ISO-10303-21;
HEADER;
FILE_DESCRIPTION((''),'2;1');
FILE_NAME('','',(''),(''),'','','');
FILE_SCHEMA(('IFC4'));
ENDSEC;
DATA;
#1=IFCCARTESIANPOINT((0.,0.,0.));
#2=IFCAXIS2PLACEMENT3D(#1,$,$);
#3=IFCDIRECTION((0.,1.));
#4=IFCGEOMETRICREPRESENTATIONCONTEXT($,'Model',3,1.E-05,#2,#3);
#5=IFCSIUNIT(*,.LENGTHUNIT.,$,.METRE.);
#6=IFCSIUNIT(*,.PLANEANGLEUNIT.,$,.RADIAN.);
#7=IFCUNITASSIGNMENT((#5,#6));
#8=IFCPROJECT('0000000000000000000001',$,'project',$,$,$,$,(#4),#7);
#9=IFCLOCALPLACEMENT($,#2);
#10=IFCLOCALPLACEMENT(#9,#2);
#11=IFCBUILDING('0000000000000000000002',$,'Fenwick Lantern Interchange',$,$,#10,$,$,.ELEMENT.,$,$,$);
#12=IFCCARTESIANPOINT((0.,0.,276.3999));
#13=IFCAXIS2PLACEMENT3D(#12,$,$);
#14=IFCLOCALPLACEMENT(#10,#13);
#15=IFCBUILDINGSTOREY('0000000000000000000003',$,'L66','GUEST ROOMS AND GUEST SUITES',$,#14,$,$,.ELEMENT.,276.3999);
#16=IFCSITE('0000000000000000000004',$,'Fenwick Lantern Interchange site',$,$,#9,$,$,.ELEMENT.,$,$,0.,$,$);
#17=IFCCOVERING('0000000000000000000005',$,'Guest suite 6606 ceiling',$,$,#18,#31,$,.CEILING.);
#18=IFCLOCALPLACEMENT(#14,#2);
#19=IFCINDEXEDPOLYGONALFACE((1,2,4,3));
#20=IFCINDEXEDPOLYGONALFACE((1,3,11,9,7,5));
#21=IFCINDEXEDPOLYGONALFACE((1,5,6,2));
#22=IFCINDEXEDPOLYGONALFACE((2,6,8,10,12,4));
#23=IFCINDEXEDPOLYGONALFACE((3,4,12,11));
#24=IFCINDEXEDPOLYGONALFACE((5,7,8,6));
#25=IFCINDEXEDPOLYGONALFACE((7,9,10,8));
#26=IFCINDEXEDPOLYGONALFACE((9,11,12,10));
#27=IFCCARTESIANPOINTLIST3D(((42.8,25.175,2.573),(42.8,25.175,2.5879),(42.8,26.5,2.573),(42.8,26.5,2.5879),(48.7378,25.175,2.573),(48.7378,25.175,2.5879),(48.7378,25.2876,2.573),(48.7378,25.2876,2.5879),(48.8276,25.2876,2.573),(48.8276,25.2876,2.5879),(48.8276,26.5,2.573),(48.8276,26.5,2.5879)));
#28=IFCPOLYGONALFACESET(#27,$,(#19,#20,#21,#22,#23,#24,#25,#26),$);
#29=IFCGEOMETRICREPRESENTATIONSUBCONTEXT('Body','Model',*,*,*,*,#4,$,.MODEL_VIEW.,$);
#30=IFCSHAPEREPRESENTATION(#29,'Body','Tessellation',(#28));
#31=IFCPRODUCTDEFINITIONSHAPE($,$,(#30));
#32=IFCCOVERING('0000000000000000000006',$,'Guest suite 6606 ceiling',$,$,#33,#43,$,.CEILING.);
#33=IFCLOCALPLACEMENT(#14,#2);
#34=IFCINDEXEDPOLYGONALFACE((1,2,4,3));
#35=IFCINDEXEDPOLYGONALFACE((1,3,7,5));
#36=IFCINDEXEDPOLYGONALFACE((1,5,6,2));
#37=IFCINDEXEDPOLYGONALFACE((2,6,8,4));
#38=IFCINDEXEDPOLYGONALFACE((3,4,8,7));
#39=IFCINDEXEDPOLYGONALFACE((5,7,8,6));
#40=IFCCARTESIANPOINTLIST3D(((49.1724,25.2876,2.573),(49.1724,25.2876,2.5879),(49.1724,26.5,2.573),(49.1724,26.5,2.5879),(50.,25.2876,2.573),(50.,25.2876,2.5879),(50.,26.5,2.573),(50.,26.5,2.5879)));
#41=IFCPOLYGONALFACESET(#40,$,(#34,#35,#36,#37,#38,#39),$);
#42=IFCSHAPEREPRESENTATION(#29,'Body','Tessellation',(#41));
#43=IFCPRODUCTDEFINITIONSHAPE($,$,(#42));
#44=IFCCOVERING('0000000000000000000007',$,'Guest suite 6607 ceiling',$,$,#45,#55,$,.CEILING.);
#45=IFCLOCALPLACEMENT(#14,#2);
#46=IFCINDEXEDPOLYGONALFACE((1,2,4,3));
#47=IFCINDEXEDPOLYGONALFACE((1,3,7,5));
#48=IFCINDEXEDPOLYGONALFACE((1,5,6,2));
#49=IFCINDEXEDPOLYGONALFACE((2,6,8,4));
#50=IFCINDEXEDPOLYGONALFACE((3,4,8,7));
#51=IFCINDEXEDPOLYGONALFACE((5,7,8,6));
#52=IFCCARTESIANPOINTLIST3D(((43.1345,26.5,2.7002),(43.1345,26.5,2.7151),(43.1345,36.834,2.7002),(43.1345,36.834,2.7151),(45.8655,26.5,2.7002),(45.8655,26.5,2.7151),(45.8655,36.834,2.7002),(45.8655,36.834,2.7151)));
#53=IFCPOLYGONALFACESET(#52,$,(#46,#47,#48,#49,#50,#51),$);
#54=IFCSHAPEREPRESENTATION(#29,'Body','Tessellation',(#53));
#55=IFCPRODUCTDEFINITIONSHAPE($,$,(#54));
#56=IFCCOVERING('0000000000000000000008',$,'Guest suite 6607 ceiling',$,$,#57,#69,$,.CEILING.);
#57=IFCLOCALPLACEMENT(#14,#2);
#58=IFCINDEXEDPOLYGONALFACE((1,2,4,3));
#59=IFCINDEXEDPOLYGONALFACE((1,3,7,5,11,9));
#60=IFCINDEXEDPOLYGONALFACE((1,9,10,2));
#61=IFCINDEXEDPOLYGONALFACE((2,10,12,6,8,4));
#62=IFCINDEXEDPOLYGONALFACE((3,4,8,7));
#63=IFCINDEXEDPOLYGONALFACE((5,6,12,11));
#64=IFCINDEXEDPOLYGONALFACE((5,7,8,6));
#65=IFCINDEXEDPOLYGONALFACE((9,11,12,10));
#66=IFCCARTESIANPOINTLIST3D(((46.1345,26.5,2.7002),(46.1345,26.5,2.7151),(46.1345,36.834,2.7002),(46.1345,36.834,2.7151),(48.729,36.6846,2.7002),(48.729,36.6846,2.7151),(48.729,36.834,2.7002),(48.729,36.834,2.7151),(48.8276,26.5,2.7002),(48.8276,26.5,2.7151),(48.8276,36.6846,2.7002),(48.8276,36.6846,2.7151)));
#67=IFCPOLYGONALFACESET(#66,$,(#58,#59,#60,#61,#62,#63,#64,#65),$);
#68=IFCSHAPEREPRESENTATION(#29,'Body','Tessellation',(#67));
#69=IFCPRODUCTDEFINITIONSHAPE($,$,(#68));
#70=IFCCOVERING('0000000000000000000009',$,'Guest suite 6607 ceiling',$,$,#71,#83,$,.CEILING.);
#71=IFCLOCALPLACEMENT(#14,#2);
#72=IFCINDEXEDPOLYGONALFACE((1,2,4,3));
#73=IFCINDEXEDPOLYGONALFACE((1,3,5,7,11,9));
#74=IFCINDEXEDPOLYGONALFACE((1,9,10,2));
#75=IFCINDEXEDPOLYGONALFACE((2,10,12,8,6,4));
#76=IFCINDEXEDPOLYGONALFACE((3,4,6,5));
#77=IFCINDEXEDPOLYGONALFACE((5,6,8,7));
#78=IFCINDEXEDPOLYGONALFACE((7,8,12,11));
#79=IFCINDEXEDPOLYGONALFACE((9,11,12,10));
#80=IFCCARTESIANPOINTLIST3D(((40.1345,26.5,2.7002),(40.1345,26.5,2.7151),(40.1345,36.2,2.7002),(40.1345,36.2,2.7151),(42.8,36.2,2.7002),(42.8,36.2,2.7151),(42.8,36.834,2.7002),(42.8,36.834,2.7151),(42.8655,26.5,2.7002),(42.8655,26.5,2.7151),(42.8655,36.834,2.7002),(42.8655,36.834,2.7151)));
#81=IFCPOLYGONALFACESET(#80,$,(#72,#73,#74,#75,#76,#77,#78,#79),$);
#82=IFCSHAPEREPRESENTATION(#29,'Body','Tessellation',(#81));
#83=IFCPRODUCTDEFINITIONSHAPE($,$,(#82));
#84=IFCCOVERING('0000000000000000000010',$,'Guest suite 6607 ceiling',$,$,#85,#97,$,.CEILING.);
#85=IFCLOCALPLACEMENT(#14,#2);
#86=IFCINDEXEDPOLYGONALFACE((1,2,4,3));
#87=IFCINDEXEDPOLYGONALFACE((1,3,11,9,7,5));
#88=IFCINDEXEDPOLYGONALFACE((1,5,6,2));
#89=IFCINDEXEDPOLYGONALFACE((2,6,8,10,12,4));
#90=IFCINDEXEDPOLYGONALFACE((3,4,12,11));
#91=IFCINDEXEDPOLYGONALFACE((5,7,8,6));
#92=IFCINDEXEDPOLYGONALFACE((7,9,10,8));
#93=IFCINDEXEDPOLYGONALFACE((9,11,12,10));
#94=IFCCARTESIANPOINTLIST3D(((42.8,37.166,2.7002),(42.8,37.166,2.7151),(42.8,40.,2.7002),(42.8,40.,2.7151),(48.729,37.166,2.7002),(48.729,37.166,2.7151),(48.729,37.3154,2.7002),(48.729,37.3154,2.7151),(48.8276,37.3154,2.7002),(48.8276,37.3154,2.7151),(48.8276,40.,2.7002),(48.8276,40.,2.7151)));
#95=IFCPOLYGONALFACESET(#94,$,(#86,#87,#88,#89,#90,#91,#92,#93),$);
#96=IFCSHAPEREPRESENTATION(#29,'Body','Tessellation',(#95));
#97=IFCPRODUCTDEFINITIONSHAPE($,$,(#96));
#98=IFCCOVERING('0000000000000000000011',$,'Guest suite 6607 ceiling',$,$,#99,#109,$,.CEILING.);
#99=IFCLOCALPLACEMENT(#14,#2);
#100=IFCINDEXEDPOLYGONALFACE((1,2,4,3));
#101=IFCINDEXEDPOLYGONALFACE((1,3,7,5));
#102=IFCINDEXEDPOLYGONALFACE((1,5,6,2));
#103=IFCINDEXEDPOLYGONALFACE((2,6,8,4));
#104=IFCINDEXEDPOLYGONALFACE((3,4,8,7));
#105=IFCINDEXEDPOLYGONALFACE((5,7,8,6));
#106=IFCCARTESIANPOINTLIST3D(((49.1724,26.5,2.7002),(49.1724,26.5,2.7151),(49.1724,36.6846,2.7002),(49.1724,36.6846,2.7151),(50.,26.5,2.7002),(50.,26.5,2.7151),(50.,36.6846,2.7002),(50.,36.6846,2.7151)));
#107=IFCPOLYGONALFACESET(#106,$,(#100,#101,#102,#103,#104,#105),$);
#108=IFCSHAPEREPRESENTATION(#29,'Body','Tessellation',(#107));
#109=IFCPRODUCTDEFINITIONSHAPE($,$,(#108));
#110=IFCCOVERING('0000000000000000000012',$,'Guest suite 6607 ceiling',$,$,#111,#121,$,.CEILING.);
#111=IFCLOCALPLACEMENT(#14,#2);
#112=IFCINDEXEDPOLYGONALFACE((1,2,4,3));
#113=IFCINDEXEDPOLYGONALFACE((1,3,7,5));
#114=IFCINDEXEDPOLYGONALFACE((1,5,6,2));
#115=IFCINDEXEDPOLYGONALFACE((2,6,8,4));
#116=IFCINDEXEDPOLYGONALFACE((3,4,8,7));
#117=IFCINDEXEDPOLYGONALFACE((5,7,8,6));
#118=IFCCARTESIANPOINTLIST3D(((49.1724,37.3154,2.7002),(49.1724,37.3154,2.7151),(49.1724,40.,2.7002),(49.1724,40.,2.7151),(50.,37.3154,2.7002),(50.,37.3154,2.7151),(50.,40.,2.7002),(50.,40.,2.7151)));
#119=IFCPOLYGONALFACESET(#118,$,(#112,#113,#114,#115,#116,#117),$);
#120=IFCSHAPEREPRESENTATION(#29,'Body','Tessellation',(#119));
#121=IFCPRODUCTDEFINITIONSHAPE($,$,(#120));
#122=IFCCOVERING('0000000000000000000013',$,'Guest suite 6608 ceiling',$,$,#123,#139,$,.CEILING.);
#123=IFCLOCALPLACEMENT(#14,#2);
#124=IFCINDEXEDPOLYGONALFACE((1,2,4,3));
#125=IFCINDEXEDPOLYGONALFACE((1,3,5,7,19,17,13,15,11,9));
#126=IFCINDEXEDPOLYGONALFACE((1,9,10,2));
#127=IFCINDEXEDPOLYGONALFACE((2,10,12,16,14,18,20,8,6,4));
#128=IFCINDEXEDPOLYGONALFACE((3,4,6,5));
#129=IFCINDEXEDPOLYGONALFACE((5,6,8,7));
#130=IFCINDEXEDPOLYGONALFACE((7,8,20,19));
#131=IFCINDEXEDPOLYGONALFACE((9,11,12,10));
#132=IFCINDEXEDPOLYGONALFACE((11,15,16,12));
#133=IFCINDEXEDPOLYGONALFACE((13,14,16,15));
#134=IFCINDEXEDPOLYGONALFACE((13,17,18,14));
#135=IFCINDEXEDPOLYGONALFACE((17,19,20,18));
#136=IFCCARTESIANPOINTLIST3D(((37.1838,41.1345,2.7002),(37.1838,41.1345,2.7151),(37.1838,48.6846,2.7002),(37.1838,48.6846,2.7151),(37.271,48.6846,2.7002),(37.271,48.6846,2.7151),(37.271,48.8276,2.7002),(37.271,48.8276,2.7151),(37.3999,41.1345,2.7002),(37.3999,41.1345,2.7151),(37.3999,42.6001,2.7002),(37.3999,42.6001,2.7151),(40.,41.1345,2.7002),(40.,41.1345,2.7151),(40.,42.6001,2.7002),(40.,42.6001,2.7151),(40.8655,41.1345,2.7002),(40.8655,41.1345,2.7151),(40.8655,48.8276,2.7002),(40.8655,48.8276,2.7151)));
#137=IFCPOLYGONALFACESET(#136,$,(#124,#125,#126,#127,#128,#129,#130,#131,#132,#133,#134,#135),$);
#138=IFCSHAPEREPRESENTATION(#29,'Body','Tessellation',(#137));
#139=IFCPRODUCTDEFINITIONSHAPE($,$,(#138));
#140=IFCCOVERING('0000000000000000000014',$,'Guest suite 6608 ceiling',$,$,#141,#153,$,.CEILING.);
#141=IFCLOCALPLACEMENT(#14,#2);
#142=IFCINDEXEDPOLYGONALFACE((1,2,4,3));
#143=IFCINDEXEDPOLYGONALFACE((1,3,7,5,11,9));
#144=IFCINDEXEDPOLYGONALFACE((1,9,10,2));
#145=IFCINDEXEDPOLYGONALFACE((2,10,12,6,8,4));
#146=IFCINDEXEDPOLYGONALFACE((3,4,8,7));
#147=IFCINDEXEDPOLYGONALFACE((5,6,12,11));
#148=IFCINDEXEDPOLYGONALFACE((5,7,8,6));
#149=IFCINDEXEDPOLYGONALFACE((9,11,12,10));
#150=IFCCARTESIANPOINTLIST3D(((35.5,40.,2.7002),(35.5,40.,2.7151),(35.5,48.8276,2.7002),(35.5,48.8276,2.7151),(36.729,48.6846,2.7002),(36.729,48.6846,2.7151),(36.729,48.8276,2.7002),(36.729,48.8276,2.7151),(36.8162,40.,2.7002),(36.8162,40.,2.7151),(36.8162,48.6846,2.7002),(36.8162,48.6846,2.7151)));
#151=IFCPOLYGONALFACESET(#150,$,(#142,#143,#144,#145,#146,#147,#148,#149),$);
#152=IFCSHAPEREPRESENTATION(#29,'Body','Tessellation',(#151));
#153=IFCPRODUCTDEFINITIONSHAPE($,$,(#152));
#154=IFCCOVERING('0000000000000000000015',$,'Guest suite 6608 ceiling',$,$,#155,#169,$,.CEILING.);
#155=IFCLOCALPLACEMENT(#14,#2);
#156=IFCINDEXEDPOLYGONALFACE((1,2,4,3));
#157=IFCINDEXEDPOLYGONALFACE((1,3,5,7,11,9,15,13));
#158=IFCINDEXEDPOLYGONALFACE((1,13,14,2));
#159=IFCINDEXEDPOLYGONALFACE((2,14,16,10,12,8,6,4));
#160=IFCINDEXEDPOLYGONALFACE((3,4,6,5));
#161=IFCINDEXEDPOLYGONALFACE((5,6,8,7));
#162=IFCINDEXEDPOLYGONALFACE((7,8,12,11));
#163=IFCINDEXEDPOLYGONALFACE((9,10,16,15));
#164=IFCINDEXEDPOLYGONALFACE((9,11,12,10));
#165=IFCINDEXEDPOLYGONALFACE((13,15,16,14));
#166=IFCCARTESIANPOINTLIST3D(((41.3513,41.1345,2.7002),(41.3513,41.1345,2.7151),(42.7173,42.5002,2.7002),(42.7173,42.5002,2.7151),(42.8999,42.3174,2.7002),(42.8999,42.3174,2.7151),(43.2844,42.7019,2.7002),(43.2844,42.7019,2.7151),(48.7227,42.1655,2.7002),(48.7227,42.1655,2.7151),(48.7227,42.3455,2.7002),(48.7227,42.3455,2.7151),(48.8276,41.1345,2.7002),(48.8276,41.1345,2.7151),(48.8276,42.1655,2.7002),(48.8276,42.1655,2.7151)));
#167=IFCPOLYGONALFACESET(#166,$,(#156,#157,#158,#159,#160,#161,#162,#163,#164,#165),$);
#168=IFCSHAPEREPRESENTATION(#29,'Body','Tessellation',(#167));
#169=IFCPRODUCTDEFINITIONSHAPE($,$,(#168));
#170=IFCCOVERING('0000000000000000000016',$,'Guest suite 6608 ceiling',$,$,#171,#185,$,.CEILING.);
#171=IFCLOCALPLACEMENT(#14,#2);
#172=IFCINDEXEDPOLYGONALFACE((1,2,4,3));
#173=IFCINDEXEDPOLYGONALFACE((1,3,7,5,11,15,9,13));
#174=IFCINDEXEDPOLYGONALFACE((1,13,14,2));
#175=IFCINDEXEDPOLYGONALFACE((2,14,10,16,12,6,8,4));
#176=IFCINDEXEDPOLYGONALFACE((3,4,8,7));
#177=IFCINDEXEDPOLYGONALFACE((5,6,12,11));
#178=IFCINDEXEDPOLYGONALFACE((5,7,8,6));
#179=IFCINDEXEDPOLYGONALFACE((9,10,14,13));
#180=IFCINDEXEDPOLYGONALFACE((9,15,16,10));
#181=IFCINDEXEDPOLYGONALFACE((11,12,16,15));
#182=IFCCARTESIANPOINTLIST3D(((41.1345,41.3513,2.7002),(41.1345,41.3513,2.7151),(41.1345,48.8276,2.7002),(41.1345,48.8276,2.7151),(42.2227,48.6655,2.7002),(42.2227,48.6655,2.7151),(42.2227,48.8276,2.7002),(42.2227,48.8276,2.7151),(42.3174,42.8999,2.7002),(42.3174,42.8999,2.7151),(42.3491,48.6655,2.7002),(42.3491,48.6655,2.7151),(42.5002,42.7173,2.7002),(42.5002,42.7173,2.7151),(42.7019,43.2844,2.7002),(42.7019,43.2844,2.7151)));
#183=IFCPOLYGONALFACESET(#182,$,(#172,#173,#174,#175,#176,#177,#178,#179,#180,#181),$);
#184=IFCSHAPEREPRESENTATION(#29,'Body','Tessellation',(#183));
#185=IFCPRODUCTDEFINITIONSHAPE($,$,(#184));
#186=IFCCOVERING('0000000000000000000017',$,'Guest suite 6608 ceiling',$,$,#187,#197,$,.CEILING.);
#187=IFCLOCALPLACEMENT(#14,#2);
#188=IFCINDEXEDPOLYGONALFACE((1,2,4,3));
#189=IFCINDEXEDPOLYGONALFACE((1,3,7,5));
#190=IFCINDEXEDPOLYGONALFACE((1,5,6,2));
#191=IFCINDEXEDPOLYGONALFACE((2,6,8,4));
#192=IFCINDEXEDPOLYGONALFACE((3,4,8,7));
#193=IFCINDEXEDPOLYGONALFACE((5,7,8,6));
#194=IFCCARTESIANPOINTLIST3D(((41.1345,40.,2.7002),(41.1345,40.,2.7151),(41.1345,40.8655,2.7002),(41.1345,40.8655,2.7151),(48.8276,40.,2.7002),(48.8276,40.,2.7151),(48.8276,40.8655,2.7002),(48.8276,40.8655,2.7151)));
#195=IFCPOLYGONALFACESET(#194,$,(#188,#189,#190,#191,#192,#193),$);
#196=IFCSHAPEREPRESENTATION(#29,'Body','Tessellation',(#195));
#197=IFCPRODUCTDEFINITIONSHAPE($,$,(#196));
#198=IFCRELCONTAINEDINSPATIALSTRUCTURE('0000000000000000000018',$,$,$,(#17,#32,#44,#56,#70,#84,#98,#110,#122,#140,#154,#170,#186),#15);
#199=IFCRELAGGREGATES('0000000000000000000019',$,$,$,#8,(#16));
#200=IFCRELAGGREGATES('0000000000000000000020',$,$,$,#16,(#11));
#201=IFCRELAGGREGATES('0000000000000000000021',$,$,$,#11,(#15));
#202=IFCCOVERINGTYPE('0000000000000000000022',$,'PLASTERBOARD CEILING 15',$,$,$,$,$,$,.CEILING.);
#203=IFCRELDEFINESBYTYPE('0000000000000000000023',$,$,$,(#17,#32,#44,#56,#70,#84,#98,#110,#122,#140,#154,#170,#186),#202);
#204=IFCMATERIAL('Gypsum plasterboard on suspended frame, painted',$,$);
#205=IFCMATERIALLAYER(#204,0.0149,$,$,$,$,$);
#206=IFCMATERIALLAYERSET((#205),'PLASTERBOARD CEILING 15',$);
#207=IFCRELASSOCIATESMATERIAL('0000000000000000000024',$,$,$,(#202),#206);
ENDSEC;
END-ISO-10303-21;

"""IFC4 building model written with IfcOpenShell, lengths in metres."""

from ifc_helpers import new_model, si_unit, direction, frame, origin, place, context, subcontext, project, spatial, polyline, outline, extrude, material, layer, layer_set, type_object, element, save


model = new_model("IFC4")

# Units and contexts
model_context = context("Model", 3, precision=1e-05, world=origin(), true_north=direction((0.0, 1.0)))
body_context = subcontext(model_context, "Body", "Model", "MODEL_VIEW")
ifc_project = project(units=[si_unit("LENGTHUNIT", "METRE"), si_unit("PLANEANGLEUNIT", "RADIAN")], contexts=[model_context])

# Site, building, storey
site_placement = place(None, origin())
site = spatial("IfcSite", under=ifc_project, at=site_placement, Name="Fenwick Lantern Interchange site", CompositionType="ELEMENT", RefElevation=0.0)
building_placement = place(site_placement, origin())
building = spatial("IfcBuilding", under=site, at=building_placement, Name="Fenwick Lantern Interchange", CompositionType="ELEMENT")
storey_placement = place(building_placement, frame((0.0, 0.0, 276.3999)))
storey = spatial("IfcBuildingStorey", under=building, at=storey_placement, Name="L66", Description="GUEST ROOMS AND GUEST SUITES", CompositionType="ELEMENT", Elevation=276.3999)

# Coverings
ifc_material_1 = material(Name="Gypsum plasterboard on suspended frame, painted")
ifc_layer_1 = layer(ifc_material_1, 0.0149)
ifc_layer_set_1 = layer_set([ifc_layer_1], Name="PLASTERBOARD CEILING 15")
covering_type_1 = type_object("IfcCoveringType", Name="PLASTERBOARD CEILING 15", PredefinedType="CEILING", material=ifc_layer_set_1)
covering_1_placement = place(storey_placement, frame((0.0, 0.0, 2.573)))
element("IfcCovering", 1, at=covering_1_placement, inside=storey, type_object=covering_type_1, Name="Guest suite 6606 ceiling", PredefinedType="CEILING", context=body_context, shape_type="SweptSolid", body=[
    extrude(outline(polyline([(48.7378, 25.2876), (48.8276, 25.2876), (48.8276, 26.5), (42.8, 26.5), (42.8, 25.175), (48.7378, 25.175), (48.7378, 25.2876)])), origin(), (0.0, 0.0, 1.0), 0.0149),
])
covering_2_placement = place(storey_placement, frame((0.0, 0.0, 2.573)))
element("IfcCovering", 2, at=covering_2_placement, inside=storey, type_object=covering_type_1, Name="Guest suite 6606 ceiling", PredefinedType="CEILING", context=body_context, shape_type="SweptSolid", body=[
    extrude(outline(polyline([(49.1724, 25.2876), (50.0, 25.2876), (50.0, 26.5), (49.1724, 26.5), (49.1724, 25.2876)])), origin(), (0.0, 0.0, 1.0), 0.0149),
])
covering_3_placement = place(storey_placement, frame((0.0, 0.0, 2.7002)))
element("IfcCovering", 3, at=covering_3_placement, inside=storey, type_object=covering_type_1, Name="Guest suite 6607 ceiling", PredefinedType="CEILING", context=body_context, shape_type="SweptSolid", body=[
    extrude(outline(polyline([(43.1345, 26.5), (45.8655, 26.5), (45.8655, 36.834), (43.1345, 36.834), (43.1345, 26.5)])), origin(), (0.0, 0.0, 1.0), 0.0149),
])
covering_4_placement = place(storey_placement, frame((0.0, 0.0, 2.7002)))
element("IfcCovering", 4, at=covering_4_placement, inside=storey, type_object=covering_type_1, Name="Guest suite 6607 ceiling", PredefinedType="CEILING", context=body_context, shape_type="SweptSolid", body=[
    extrude(outline(polyline([(48.729, 36.6846), (48.729, 36.834), (46.1345, 36.834), (46.1345, 26.5), (48.8276, 26.5), (48.8276, 36.6846), (48.729, 36.6846)])), origin(), (0.0, 0.0, 1.0), 0.0149),
])
covering_5_placement = place(storey_placement, frame((0.0, 0.0, 2.7002)))
element("IfcCovering", 5, at=covering_5_placement, inside=storey, type_object=covering_type_1, Name="Guest suite 6607 ceiling", PredefinedType="CEILING", context=body_context, shape_type="SweptSolid", body=[
    extrude(outline(polyline([(40.1345, 26.5), (42.8655, 26.5), (42.8655, 36.834), (42.8, 36.834), (42.8, 36.2), (40.1345, 36.2), (40.1345, 26.5)])), origin(), (0.0, 0.0, 1.0), 0.0149),
])
covering_6_placement = place(storey_placement, frame((0.0, 0.0, 2.7002)))
element("IfcCovering", 6, at=covering_6_placement, inside=storey, type_object=covering_type_1, Name="Guest suite 6607 ceiling", PredefinedType="CEILING", context=body_context, shape_type="SweptSolid", body=[
    extrude(outline(polyline([(48.729, 37.3154), (48.8276, 37.3154), (48.8276, 40.0), (42.8, 40.0), (42.8, 37.166), (48.729, 37.166), (48.729, 37.3154)])), origin(), (0.0, 0.0, 1.0), 0.0149),
])
covering_7_placement = place(storey_placement, frame((0.0, 0.0, 2.7002)))
element("IfcCovering", 7, at=covering_7_placement, inside=storey, type_object=covering_type_1, Name="Guest suite 6607 ceiling", PredefinedType="CEILING", context=body_context, shape_type="SweptSolid", body=[
    extrude(outline(polyline([(50.0, 36.6846), (49.1724, 36.6846), (49.1724, 26.5), (50.0, 26.5), (50.0, 36.6846)])), origin(), (0.0, 0.0, 1.0), 0.0149),
])
covering_8_placement = place(storey_placement, frame((0.0, 0.0, 2.7002)))
element("IfcCovering", 8, at=covering_8_placement, inside=storey, type_object=covering_type_1, Name="Guest suite 6607 ceiling", PredefinedType="CEILING", context=body_context, shape_type="SweptSolid", body=[
    extrude(outline(polyline([(49.1724, 37.3154), (50.0, 37.3154), (50.0, 40.0), (49.1724, 40.0), (49.1724, 37.3154)])), origin(), (0.0, 0.0, 1.0), 0.0149),
])
covering_9_placement = place(storey_placement, frame((0.0, 0.0, 2.7002)))
element("IfcCovering", 9, at=covering_9_placement, inside=storey, type_object=covering_type_1, Name="Guest suite 6608 ceiling", PredefinedType="CEILING", context=body_context, shape_type="SweptSolid", body=[
    extrude(outline(polyline([(40.0, 42.6001), (40.0, 41.1345), (40.8655, 41.1345), (40.8655, 48.8276), (37.271, 48.8276), (37.271, 48.6846), (37.1838, 48.6846), (37.1838, 41.1345), (37.3999, 41.1345), (37.3999, 42.6001), (40.0, 42.6001)])), origin(), (0.0, 0.0, 1.0), 0.0149),
])
covering_10_placement = place(storey_placement, frame((0.0, 0.0, 2.7002)))
element("IfcCovering", 10, at=covering_10_placement, inside=storey, type_object=covering_type_1, Name="Guest suite 6608 ceiling", PredefinedType="CEILING", context=body_context, shape_type="SweptSolid", body=[
    extrude(outline(polyline([(35.5, 40.0), (36.8162, 40.0), (36.8162, 48.6846), (36.729, 48.6846), (36.729, 48.8276), (35.5, 48.8276), (35.5, 40.0)])), origin(), (0.0, 0.0, 1.0), 0.0149),
])
covering_11_placement = place(storey_placement, frame((0.0, 0.0, 2.7002)))
element("IfcCovering", 11, at=covering_11_placement, inside=storey, type_object=covering_type_1, Name="Guest suite 6608 ceiling", PredefinedType="CEILING", context=body_context, shape_type="SweptSolid", body=[
    extrude(outline(polyline([(42.8999, 42.3174), (42.7173, 42.5002), (41.3513, 41.1345), (48.8276, 41.1345), (48.8276, 42.1655), (48.7227, 42.1655), (48.7227, 42.3455), (43.2844, 42.7019), (42.8999, 42.3174)])), origin(), (0.0, 0.0, 1.0), 0.0149),
])
covering_12_placement = place(storey_placement, frame((0.0, 0.0, 2.7002)))
element("IfcCovering", 12, at=covering_12_placement, inside=storey, type_object=covering_type_1, Name="Guest suite 6608 ceiling", PredefinedType="CEILING", context=body_context, shape_type="SweptSolid", body=[
    extrude(outline(polyline([(42.2227, 48.6655), (42.2227, 48.8276), (41.1345, 48.8276), (41.1345, 41.3513), (42.5002, 42.7173), (42.3174, 42.8999), (42.7019, 43.2844), (42.3491, 48.6655), (42.2227, 48.6655)])), origin(), (0.0, 0.0, 1.0), 0.0149),
])
covering_13_placement = place(storey_placement, frame((0.0, 0.0, 2.7002)))
element("IfcCovering", 13, at=covering_13_placement, inside=storey, type_object=covering_type_1, Name="Guest suite 6608 ceiling", PredefinedType="CEILING", context=body_context, shape_type="SweptSolid", body=[
    extrude(outline(polyline([(41.1345, 40.0), (48.8276, 40.0), (48.8276, 40.8655), (41.1345, 40.8655), (41.1345, 40.0)])), origin(), (0.0, 0.0, 1.0), 0.0149),
])

save(model, "model.ifc")
